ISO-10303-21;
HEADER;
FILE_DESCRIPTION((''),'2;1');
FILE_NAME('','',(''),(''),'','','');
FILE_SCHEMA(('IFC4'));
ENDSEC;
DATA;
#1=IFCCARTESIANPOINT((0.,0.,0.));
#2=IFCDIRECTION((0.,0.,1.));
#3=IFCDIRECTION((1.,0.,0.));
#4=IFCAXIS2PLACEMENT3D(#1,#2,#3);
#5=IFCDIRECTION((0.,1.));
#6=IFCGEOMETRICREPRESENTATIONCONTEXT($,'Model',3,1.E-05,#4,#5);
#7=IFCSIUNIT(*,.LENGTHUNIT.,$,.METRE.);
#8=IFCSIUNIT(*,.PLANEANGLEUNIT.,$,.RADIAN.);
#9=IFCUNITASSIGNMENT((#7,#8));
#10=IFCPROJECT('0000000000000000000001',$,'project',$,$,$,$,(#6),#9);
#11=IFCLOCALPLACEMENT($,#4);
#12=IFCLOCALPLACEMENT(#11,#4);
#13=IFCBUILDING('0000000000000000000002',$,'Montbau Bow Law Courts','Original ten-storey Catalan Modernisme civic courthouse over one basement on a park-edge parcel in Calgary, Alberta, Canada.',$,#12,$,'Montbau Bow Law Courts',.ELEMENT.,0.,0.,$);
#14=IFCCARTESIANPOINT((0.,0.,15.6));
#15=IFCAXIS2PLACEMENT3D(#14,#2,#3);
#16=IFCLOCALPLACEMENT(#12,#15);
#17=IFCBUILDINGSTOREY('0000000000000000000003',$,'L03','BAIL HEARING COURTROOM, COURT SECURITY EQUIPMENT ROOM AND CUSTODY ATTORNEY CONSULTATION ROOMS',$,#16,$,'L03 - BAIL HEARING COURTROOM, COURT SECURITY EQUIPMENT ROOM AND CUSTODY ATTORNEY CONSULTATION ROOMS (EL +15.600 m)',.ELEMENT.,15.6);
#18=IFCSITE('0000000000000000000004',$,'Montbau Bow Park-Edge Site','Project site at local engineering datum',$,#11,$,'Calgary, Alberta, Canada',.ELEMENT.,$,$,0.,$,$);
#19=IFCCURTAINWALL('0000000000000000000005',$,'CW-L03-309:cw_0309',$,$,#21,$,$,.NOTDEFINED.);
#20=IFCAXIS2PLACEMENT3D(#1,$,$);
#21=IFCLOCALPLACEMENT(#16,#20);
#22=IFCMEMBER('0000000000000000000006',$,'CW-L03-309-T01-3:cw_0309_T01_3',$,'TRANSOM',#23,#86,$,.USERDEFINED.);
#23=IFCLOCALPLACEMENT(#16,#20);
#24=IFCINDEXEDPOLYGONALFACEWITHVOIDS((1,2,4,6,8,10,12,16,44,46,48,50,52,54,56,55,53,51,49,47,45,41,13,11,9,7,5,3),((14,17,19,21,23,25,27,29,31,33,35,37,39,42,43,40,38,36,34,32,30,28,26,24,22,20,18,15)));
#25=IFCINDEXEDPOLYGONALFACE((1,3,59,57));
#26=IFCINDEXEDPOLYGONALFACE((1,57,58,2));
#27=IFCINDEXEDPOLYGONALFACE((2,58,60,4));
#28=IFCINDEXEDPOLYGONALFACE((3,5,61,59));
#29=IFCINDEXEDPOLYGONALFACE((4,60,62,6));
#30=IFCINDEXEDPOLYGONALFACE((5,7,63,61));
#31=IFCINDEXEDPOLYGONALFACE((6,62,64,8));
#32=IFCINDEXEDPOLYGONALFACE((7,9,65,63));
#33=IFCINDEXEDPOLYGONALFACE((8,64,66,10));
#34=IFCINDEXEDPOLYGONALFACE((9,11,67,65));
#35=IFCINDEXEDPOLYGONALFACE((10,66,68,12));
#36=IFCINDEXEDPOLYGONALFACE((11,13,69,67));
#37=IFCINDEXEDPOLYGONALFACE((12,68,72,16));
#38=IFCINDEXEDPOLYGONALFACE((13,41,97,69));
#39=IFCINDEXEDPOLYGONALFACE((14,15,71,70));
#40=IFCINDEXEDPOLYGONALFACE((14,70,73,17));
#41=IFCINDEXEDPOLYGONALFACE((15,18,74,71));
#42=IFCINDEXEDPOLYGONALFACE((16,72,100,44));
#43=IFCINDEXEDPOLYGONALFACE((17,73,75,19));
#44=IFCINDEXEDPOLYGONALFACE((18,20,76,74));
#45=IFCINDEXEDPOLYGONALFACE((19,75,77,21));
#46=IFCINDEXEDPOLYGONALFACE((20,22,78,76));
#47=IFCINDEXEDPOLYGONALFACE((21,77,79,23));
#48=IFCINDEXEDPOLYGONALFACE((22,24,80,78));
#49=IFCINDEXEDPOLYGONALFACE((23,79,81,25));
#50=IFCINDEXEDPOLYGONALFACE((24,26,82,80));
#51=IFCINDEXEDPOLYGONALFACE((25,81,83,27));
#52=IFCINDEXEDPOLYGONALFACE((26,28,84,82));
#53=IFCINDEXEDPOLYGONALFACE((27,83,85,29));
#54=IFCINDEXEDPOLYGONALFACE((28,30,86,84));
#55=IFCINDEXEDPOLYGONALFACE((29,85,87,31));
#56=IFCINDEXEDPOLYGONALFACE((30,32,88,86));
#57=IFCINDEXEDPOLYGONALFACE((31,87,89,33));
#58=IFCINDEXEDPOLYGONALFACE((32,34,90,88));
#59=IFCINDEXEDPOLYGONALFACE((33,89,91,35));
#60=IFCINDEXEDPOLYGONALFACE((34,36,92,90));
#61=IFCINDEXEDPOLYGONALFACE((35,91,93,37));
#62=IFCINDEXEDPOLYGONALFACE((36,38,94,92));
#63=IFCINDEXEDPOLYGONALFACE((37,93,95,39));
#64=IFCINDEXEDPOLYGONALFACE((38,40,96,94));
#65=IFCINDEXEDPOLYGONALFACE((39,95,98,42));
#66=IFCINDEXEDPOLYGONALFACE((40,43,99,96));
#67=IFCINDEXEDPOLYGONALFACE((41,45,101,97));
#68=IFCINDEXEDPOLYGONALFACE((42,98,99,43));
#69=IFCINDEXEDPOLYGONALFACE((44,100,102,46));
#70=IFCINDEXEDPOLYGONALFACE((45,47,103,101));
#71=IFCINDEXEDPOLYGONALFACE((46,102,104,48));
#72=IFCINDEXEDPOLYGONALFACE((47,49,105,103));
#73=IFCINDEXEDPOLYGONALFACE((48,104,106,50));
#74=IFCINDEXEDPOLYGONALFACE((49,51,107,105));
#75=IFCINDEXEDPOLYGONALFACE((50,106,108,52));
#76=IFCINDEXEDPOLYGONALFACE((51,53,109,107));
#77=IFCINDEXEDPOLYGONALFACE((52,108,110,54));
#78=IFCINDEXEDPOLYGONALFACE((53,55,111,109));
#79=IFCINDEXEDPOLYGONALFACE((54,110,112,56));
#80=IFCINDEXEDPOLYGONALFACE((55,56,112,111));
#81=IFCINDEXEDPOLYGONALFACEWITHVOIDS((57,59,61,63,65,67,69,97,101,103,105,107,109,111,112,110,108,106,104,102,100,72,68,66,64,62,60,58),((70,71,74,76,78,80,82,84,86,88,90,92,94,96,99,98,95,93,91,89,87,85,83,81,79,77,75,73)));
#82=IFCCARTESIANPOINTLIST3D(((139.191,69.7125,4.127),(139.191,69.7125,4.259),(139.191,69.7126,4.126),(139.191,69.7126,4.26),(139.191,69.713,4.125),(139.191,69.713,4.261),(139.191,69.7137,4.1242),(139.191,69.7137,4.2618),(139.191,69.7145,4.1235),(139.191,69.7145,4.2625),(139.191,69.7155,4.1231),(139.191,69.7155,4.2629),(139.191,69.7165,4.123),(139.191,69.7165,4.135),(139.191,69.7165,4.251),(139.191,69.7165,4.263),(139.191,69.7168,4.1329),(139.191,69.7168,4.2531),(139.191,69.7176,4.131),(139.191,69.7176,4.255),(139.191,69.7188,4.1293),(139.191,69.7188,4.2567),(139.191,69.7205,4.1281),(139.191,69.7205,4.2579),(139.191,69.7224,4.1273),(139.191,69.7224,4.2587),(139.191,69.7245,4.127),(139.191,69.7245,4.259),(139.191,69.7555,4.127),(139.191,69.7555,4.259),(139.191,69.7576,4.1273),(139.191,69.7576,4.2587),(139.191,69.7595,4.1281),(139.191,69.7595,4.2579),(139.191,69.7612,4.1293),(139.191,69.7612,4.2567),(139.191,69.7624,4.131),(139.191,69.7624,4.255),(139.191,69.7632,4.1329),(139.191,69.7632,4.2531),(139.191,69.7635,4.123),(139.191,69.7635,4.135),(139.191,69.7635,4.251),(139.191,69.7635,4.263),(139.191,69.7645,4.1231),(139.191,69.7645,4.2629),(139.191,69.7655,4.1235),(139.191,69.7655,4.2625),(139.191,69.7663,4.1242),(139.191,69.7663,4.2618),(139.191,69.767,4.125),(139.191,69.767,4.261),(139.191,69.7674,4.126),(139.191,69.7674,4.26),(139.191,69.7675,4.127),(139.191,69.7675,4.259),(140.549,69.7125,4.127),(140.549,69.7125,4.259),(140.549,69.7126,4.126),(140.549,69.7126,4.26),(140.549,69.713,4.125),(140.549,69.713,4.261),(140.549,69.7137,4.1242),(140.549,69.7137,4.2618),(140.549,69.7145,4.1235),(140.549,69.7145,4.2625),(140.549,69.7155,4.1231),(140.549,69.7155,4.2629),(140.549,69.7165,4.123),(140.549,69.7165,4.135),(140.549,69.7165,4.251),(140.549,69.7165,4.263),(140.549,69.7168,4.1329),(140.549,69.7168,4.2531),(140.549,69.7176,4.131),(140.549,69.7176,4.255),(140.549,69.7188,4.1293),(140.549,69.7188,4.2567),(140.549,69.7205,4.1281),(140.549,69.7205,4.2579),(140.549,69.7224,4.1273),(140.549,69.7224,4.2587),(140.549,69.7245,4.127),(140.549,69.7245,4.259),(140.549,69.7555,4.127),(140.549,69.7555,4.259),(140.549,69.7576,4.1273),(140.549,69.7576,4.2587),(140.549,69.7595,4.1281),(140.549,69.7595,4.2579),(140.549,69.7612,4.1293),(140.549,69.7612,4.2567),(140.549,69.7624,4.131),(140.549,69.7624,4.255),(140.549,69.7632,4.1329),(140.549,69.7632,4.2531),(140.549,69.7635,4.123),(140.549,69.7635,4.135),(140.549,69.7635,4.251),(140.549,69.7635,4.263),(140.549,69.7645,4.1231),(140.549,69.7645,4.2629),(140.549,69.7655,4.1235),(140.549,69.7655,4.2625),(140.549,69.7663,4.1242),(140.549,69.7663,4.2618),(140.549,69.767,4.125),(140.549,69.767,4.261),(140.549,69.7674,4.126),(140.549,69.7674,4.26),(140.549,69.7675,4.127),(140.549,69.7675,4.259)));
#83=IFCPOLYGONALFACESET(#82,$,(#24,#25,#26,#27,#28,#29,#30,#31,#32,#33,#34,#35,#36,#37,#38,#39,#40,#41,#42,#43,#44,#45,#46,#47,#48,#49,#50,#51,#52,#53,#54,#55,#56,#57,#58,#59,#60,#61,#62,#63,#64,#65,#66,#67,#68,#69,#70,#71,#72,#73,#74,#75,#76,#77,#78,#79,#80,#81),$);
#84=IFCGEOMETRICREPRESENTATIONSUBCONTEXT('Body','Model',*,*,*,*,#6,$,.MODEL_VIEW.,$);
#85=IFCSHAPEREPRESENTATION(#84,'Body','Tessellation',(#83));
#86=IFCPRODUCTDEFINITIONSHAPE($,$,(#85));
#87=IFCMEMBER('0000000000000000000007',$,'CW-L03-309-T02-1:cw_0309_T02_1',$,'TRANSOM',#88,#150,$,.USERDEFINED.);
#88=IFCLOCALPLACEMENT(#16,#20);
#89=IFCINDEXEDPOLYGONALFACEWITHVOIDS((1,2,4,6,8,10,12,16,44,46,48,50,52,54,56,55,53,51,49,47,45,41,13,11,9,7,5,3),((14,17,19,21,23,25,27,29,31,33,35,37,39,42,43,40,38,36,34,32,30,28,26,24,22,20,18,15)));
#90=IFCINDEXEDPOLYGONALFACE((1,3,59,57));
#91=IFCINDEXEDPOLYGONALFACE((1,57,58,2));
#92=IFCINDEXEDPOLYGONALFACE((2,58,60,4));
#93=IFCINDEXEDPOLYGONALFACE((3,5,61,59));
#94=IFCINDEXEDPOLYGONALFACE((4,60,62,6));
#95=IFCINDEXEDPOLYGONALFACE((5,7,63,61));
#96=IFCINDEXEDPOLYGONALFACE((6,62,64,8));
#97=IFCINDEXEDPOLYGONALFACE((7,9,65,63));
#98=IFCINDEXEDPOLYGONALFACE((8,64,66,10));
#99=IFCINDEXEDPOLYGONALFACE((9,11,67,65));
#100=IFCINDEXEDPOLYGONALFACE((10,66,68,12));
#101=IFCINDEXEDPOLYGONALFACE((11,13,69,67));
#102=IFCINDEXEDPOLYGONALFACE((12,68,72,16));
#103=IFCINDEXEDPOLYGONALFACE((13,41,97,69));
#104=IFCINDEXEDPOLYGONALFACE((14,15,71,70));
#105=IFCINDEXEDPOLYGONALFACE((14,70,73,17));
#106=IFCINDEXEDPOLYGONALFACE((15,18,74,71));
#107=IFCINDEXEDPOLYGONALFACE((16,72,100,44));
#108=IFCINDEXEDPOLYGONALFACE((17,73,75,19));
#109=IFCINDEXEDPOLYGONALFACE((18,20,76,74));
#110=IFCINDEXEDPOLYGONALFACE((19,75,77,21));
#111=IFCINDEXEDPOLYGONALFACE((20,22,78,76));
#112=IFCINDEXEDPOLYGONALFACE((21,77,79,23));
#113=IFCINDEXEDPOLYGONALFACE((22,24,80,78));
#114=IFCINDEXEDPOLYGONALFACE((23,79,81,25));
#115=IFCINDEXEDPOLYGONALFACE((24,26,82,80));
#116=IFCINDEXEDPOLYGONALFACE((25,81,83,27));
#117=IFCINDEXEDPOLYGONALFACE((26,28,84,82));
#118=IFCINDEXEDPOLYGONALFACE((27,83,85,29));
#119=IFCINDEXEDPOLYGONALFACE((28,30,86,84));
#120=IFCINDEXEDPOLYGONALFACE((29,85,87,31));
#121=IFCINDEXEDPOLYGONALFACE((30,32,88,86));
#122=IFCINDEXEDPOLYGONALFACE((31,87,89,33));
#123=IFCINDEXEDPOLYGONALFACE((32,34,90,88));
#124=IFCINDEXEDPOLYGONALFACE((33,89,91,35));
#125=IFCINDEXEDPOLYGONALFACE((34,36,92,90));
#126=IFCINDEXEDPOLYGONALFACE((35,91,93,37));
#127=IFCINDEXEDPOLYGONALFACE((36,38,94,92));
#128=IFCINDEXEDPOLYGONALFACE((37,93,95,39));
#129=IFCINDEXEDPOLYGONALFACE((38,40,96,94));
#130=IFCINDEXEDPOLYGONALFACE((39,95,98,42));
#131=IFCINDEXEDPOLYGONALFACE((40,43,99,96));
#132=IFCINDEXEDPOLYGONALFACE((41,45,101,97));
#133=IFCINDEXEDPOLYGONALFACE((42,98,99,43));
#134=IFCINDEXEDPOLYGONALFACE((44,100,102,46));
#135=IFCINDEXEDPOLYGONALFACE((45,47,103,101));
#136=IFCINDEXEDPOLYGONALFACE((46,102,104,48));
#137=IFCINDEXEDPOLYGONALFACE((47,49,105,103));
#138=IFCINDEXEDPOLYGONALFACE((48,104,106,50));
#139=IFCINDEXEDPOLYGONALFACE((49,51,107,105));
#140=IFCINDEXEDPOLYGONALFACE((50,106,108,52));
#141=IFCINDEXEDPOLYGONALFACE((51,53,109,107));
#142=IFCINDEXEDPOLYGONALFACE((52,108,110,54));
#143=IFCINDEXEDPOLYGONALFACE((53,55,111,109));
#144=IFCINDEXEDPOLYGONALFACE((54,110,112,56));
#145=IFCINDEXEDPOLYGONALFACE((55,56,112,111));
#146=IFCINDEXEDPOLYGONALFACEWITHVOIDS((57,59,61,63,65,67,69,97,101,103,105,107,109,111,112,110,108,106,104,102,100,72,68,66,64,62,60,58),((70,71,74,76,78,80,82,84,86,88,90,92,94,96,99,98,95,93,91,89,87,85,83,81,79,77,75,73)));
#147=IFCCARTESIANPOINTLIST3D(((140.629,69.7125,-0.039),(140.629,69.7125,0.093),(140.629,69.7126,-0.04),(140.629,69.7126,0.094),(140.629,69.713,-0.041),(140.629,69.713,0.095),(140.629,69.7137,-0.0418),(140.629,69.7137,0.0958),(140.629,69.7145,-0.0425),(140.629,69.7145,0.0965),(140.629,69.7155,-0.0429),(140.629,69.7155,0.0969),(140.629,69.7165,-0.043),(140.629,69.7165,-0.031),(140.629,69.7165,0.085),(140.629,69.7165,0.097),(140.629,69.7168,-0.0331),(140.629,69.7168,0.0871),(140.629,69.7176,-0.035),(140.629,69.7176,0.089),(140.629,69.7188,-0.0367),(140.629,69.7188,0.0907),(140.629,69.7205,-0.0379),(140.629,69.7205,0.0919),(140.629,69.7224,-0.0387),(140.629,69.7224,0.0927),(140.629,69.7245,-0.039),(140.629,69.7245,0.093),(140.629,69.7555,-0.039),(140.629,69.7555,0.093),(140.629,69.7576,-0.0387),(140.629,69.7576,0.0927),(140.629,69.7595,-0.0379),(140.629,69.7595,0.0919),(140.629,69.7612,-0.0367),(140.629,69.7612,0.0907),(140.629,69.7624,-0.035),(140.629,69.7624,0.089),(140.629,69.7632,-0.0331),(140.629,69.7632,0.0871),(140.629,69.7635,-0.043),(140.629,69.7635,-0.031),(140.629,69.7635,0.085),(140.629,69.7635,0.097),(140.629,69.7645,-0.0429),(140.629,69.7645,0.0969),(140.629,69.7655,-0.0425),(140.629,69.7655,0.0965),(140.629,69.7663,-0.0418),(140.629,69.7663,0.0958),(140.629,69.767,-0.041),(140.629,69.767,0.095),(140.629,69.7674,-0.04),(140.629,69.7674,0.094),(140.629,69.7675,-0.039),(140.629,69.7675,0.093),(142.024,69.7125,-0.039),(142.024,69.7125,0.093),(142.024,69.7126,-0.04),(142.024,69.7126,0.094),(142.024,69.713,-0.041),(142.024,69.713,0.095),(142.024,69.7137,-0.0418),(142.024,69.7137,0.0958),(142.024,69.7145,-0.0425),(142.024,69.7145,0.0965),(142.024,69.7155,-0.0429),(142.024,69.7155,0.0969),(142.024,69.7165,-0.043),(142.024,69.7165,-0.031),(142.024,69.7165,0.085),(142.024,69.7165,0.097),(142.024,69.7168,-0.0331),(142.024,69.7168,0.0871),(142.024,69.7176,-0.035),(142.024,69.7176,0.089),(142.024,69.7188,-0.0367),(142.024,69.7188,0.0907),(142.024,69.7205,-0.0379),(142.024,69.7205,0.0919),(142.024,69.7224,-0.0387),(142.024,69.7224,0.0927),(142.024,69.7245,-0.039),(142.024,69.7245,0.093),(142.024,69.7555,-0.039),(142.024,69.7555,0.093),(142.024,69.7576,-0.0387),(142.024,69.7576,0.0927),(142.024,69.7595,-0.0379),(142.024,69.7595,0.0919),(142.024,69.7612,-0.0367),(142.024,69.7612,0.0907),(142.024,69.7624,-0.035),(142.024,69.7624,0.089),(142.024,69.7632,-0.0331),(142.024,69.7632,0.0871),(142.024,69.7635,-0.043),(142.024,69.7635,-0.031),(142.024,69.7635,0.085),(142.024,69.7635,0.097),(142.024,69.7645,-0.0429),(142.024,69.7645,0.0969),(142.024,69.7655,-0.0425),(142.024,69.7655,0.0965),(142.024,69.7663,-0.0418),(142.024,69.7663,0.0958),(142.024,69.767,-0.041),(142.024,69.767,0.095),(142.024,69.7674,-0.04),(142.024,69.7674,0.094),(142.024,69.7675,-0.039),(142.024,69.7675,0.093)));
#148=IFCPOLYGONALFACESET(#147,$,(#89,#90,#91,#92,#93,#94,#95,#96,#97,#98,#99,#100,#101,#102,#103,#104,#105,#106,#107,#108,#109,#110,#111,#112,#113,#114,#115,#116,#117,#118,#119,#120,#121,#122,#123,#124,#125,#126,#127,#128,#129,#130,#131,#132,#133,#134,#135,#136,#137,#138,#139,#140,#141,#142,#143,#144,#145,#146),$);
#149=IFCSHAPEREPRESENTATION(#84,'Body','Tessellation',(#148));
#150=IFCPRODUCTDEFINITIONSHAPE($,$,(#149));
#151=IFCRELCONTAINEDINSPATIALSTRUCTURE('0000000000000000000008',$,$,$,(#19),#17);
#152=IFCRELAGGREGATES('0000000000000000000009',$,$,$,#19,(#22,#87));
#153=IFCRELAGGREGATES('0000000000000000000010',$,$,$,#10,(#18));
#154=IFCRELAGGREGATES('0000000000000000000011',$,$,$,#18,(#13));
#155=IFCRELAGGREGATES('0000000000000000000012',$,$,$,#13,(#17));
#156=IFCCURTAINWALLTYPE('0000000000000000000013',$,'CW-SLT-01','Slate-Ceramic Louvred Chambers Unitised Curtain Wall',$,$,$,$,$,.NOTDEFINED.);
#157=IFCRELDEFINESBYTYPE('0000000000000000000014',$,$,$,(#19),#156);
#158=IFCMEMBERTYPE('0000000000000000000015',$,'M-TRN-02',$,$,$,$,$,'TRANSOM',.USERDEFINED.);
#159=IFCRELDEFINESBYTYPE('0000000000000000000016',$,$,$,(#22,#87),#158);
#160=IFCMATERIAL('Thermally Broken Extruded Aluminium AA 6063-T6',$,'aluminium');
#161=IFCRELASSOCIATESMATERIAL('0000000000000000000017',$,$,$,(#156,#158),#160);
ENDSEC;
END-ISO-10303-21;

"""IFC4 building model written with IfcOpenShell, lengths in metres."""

from ifc_helpers import new_model, si_unit, direction, frame, origin_with_axes, origin_2d_with_axis, place, context, subcontext, project, spatial, hollow_rectangle, extrude, material, material_profile, profile_set, type_object, element, aggregate, save


model = new_model("IFC4")

# Units and contexts
model_context = context("Model", 3, precision=1e-05, world=origin_with_axes(), true_north=direction((0.0, 1.0)))
body_context = subcontext(model_context, "Body", "Model", "MODEL_VIEW")
ifc_project = project(units=[si_unit("LENGTHUNIT", "METRE"), si_unit("PLANEANGLEUNIT", "RADIAN")], contexts=[model_context])

# Site, building, storey
site_placement = place(None, origin_with_axes())
site = spatial("IfcSite", under=ifc_project, at=site_placement, Name="Montbau Bow Park-Edge Site", Description="Project site at local engineering datum", LongName="Calgary, Alberta, Canada", CompositionType="ELEMENT", RefElevation=0.0)
building_placement = place(site_placement, origin_with_axes())
building = spatial("IfcBuilding", under=site, at=building_placement, Name="Montbau Bow Law Courts", Description="Original ten-storey Catalan Modernisme civic courthouse over one basement on a park-edge parcel in Calgary, Alberta, Canada.", LongName="Montbau Bow Law Courts", CompositionType="ELEMENT", ElevationOfRefHeight=0.0, ElevationOfTerrain=0.0)
storey_placement = place(building_placement, frame((0.0, 0.0, 15.6), z_axis=(0.0, 0.0, 1.0), x_axis=(1.0, 0.0, 0.0)))
storey = spatial("IfcBuildingStorey", under=building, at=storey_placement, Name="L03", Description="BAIL HEARING COURTROOM, COURT SECURITY EQUIPMENT ROOM AND CUSTODY ATTORNEY CONSULTATION ROOMS", LongName="L03 - BAIL HEARING COURTROOM, COURT SECURITY EQUIPMENT ROOM AND CUSTODY ATTORNEY CONSULTATION ROOMS (EL +15.600 m)", CompositionType="ELEMENT", Elevation=15.6)

# Curtain wall, members
ifc_material_1 = material(Name="Thermally Broken Extruded Aluminium AA 6063-T6", Category="aluminium")
curtain_wall_type = type_object("IfcCurtainWallType", Name="CW-SLT-01", Description="Slate-Ceramic Louvred Chambers Unitised Curtain Wall", PredefinedType="NOTDEFINED", material=ifc_material_1)
curtain_wall_placement = place(None, frame((139.115, 69.74, 15.6), z_axis=(0.0, 0.0, 1.0), x_axis=(1.0, 0.0, 0.0)))
curtain_wall = element("IfcCurtainWall", 1, at=curtain_wall_placement, inside=storey, type_object=curtain_wall_type, Name="CW-L03-309:cw_0309", PredefinedType="NOTDEFINED")
ifc_material_profile_1 = material_profile(ifc_material_1, hollow_rectangle(XDim=0.055, YDim=0.14, WallThickness=0.004, InnerFilletRadius=0.008, OuterFilletRadius=0.004, at=origin_2d_with_axis()), Name="CWT-140X55", Category="Main", Priority=0)
ifc_profile_set_1 = profile_set([ifc_material_profile_1], Name="Thermally Broken Extruded Aluminium AA 6063-T6")
member_type_1 = type_object("IfcMemberType", Name="M-TRN-02", ElementType="TRANSOM", PredefinedType="USERDEFINED", material=ifc_profile_set_1)
member_1_placement = place(None, frame((139.191, 69.74, 19.793), z_axis=(1.0, 0.0, 0.0), x_axis=(0.0, 1.0, 0.0)))
member_1 = element("IfcMember", 2, at=member_1_placement, type_object=member_type_1, Name="CW-L03-309-T01-3:cw_0309_T01_3", ObjectType="TRANSOM", PredefinedType="USERDEFINED", context=body_context, shape_type="SweptSolid", body=[
    extrude(hollow_rectangle(XDim=0.055, YDim=0.14, WallThickness=0.004, InnerFilletRadius=0.008, OuterFilletRadius=0.004, at=origin_2d_with_axis()), origin_with_axes(), (0.0, 0.0, 1.0), 1.358),
])
member_2_placement = place(None, frame((140.629, 69.74, 15.627), z_axis=(1.0, 0.0, 0.0), x_axis=(0.0, 1.0, 0.0)))
member_2 = element("IfcMember", 3, at=member_2_placement, type_object=member_type_1, Name="CW-L03-309-T02-1:cw_0309_T02_1", ObjectType="TRANSOM", PredefinedType="USERDEFINED", context=body_context, shape_type="SweptSolid", body=[
    extrude(hollow_rectangle(XDim=0.055, YDim=0.14, WallThickness=0.004, InnerFilletRadius=0.008, OuterFilletRadius=0.004, at=origin_2d_with_axis()), origin_with_axes(), (0.0, 0.0, 1.0), 1.395),
])
aggregate(curtain_wall, [member_1, member_2])

save(model, "model.ifc")
